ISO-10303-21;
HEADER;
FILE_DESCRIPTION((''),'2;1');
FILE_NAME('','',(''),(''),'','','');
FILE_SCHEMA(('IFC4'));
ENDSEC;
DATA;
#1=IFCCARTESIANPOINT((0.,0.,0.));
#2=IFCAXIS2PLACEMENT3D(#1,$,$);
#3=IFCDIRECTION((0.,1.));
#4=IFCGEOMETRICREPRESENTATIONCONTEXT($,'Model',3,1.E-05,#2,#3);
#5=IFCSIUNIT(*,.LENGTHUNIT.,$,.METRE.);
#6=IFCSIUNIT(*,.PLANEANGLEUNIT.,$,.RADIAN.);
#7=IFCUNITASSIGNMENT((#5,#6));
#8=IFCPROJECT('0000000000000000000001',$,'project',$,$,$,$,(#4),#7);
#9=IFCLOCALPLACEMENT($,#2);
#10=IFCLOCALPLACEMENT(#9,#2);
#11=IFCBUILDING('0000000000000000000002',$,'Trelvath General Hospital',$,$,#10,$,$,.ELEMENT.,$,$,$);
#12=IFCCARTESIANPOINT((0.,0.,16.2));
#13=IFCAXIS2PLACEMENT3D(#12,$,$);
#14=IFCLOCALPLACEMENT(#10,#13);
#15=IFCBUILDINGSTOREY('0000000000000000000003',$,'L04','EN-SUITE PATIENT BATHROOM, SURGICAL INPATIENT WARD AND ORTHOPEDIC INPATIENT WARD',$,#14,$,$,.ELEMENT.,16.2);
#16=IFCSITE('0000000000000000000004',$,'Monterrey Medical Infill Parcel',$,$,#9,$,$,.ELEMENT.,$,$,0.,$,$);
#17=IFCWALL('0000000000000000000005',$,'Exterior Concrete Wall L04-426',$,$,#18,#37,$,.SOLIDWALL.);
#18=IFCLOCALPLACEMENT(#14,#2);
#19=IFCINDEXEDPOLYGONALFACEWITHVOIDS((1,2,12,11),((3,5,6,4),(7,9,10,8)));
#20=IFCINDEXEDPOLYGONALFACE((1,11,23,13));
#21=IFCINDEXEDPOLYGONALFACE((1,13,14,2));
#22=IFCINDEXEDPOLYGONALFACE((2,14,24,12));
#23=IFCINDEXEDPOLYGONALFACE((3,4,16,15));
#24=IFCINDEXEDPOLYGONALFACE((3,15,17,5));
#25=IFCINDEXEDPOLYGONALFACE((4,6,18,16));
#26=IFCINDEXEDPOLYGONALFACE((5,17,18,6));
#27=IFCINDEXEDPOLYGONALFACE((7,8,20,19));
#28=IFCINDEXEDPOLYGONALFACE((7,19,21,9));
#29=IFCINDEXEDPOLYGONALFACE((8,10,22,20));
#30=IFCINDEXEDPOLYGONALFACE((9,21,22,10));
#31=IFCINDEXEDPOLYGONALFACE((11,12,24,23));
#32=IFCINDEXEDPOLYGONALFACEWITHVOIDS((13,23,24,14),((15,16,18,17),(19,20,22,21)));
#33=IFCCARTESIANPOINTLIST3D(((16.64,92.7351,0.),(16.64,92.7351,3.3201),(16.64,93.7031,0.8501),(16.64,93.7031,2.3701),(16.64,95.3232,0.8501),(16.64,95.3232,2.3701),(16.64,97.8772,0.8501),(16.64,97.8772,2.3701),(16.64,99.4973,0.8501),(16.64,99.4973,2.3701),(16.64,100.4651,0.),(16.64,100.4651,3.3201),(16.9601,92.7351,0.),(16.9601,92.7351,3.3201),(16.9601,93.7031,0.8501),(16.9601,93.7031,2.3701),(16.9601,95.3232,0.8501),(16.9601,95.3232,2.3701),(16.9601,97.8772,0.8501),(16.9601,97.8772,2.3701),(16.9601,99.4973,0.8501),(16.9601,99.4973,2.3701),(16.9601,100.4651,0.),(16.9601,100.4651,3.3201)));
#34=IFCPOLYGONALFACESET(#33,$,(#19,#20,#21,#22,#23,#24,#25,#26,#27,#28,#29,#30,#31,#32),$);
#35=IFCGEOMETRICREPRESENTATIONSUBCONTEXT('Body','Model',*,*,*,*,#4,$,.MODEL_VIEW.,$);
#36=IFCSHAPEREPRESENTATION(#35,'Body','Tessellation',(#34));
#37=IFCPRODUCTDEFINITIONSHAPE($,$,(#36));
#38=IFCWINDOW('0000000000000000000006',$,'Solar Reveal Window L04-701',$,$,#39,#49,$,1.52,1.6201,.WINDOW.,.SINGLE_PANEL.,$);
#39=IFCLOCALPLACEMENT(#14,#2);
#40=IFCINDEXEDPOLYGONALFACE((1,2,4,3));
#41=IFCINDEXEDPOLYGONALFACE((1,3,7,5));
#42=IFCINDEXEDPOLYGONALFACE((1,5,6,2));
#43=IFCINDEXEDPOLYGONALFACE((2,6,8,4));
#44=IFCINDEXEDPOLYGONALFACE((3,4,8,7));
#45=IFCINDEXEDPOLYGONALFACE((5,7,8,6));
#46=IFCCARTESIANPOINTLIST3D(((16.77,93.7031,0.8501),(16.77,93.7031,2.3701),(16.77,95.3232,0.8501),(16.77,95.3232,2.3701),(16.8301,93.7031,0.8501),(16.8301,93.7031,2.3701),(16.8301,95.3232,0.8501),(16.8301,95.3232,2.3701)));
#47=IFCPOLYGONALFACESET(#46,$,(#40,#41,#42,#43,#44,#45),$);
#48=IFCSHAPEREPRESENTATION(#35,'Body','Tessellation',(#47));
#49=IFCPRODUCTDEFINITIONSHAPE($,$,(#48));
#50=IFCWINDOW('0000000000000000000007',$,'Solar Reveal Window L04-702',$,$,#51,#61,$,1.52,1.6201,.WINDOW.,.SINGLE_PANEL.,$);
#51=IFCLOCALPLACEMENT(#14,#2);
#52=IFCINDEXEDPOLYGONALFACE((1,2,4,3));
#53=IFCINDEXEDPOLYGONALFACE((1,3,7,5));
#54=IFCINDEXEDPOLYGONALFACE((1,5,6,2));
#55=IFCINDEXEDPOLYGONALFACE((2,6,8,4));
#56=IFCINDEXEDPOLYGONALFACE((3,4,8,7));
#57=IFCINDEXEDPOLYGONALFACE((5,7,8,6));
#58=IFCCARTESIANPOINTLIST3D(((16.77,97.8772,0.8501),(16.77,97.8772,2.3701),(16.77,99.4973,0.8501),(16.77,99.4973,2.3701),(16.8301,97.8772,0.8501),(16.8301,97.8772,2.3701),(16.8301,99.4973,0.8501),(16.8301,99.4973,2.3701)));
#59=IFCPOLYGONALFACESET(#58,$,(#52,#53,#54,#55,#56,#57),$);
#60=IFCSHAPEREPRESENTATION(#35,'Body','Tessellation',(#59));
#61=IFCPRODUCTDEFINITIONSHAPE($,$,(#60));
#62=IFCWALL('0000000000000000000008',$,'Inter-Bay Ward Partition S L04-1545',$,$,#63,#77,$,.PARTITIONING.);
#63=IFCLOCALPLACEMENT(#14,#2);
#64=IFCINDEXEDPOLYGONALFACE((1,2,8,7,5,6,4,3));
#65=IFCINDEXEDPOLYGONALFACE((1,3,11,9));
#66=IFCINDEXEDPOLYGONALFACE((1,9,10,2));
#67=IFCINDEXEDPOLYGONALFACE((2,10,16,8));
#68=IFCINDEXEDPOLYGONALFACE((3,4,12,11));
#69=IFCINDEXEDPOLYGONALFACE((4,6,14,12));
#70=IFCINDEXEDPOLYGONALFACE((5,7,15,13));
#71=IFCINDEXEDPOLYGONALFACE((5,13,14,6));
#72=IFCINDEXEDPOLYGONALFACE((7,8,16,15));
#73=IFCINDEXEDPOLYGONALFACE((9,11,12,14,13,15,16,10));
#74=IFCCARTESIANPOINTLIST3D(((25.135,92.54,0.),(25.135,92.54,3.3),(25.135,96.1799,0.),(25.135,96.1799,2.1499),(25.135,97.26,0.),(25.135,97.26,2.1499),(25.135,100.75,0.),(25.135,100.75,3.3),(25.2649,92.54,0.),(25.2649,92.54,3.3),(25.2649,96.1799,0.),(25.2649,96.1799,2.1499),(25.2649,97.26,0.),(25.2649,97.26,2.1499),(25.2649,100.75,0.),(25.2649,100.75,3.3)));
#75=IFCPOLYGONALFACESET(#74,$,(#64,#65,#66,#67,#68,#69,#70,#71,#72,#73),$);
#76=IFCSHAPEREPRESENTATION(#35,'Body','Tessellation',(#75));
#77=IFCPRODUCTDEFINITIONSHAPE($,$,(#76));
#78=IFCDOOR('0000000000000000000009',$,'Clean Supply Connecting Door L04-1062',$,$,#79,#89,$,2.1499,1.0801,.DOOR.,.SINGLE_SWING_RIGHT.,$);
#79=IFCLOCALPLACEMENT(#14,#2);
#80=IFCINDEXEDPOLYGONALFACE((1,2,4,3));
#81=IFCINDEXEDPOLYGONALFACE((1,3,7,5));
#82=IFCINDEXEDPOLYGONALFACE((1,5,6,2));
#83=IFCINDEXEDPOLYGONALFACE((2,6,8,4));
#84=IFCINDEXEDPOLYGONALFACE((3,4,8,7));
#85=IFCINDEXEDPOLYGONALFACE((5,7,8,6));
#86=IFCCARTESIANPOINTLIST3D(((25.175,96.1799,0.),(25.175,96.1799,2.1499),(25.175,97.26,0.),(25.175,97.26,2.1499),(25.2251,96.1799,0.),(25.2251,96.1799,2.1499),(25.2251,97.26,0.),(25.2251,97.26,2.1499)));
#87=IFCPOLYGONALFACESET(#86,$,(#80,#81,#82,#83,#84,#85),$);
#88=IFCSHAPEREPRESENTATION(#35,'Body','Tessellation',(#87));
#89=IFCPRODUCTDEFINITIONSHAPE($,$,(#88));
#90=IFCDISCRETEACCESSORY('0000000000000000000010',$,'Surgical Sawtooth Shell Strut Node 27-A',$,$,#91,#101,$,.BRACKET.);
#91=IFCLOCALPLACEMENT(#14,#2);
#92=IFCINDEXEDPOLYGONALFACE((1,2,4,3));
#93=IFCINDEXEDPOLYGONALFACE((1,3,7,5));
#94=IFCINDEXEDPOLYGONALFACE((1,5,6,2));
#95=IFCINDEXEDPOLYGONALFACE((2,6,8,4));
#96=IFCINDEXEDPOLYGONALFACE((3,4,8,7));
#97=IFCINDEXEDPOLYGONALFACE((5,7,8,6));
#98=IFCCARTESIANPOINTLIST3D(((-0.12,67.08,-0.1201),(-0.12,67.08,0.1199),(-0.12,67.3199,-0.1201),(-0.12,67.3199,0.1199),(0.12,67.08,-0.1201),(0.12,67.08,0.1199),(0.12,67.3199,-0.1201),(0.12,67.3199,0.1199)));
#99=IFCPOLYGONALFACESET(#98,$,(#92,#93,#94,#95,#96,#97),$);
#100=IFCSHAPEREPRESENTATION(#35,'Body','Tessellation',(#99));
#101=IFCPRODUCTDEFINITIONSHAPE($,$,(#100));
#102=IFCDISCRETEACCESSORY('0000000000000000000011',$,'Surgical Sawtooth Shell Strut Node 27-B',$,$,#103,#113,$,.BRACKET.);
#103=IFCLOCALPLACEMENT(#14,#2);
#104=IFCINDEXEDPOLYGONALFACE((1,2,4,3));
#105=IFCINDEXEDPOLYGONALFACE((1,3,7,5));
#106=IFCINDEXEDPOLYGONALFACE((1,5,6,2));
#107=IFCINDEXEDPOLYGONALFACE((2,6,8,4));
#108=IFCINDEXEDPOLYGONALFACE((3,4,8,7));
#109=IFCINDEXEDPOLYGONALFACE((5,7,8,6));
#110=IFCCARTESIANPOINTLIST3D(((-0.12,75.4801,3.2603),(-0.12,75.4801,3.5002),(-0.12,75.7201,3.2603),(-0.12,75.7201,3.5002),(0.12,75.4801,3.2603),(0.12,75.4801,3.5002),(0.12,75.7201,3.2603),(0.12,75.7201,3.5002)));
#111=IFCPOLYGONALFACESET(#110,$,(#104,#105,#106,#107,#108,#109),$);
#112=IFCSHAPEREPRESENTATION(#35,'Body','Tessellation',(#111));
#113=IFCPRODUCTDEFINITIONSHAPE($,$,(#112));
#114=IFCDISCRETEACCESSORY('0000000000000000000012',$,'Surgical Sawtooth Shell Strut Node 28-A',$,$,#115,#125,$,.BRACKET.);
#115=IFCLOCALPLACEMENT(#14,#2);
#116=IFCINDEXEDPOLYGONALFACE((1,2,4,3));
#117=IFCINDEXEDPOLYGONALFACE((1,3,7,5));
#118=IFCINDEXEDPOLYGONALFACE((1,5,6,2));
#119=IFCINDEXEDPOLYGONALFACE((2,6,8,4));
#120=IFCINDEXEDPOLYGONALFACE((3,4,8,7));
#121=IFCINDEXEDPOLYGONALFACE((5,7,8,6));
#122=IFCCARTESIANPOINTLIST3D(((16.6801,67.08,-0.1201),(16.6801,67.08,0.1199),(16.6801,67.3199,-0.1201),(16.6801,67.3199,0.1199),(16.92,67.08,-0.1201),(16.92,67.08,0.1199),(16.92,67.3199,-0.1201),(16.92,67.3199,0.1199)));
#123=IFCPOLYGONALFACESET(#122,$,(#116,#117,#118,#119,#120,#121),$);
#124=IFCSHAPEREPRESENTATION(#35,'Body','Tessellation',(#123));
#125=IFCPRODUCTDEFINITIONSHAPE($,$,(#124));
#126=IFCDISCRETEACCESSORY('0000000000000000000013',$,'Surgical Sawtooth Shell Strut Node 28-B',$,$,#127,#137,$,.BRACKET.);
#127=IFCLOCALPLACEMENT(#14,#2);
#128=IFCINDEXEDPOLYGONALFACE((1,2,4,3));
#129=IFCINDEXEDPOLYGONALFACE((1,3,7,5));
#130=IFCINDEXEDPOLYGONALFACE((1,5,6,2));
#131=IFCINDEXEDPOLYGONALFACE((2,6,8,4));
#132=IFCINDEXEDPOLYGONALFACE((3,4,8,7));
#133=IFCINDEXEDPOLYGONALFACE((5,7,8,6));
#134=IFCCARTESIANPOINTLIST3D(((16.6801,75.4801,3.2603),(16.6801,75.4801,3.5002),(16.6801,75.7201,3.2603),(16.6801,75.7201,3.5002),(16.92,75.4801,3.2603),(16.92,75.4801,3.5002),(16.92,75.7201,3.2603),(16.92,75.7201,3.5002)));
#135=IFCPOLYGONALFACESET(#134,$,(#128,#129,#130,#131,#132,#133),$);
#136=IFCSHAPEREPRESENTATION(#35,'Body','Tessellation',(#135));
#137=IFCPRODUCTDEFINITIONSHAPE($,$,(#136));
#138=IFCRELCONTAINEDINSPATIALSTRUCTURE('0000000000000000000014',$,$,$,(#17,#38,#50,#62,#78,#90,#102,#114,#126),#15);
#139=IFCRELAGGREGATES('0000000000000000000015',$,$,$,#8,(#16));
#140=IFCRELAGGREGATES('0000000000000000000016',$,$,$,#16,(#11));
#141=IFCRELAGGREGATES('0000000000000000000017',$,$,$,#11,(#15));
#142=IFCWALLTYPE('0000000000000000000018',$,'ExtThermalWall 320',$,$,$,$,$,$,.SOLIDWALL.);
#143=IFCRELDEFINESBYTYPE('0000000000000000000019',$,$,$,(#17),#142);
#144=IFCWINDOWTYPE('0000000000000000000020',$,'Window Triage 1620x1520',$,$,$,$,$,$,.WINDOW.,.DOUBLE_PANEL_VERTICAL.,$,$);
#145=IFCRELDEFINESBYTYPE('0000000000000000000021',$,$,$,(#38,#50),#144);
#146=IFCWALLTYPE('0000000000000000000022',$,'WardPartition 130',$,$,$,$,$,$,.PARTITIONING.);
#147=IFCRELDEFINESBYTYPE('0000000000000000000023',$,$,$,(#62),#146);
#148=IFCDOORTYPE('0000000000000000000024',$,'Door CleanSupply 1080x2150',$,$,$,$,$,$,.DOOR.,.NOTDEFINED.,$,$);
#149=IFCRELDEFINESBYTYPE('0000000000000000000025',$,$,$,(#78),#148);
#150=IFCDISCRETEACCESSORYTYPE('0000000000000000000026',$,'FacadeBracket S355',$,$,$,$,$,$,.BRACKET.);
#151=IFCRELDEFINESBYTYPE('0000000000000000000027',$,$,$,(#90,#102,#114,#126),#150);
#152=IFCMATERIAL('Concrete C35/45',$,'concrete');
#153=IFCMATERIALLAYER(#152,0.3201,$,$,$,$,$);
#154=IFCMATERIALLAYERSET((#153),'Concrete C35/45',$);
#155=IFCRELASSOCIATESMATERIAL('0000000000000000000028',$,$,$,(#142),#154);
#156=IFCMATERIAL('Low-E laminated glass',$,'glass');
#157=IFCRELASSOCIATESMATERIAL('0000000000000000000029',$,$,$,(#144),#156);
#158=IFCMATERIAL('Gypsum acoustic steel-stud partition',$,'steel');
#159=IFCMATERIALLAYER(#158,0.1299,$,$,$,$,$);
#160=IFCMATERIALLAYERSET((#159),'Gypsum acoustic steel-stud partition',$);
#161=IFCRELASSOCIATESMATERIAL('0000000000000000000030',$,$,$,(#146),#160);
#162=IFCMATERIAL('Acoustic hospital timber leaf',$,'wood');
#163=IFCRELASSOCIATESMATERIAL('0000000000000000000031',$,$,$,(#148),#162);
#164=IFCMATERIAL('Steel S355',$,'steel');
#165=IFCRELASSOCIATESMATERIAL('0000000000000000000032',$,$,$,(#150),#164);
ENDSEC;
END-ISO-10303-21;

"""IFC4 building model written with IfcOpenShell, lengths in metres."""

from ifc_helpers import new_model, si_unit, direction, frame, frame_2d, origin, origin_2d, place, context, subcontext, project, spatial, rectangle, extrude, material, layer, layer_set, type_object, element, fill, save


model = new_model("IFC4")

# Units and contexts
model_context = context("Model", 3, precision=1e-05, world=origin(), true_north=direction((0.0, 1.0)))
body_context = subcontext(model_context, "Body", "Model", "MODEL_VIEW")
ifc_project = project(units=[si_unit("LENGTHUNIT", "METRE"), si_unit("PLANEANGLEUNIT", "RADIAN")], contexts=[model_context])

# Site, building, storey
site_placement = place(None, origin())
site = spatial("IfcSite", under=ifc_project, at=site_placement, Name="Monterrey Medical Infill Parcel", CompositionType="ELEMENT", RefElevation=0.0)
building_placement = place(site_placement, origin())
building = spatial("IfcBuilding", under=site, at=building_placement, Name="Trelvath General Hospital", CompositionType="ELEMENT")
storey_placement = place(building_placement, frame((0.0, 0.0, 16.2)))
storey = spatial("IfcBuildingStorey", under=building, at=storey_placement, Name="L04", Description="EN-SUITE PATIENT BATHROOM, SURGICAL INPATIENT WARD AND ORTHOPEDIC INPATIENT WARD", CompositionType="ELEMENT", Elevation=16.2)

# Wall, openings, windows
ifc_material_1 = material(Name="Concrete C35/45", Category="concrete")
ifc_layer_1 = layer(ifc_material_1, 0.3201)
ifc_layer_set_1 = layer_set([ifc_layer_1], Name="Concrete C35/45")
wall_type_1 = type_object("IfcWallType", Name="ExtThermalWall 320", PredefinedType="SOLIDWALL", material=ifc_layer_set_1)
ifc_material_2 = material(Name="Low-E laminated glass", Category="glass")
window_type = type_object("IfcWindowType", Name="Window Triage 1620x1520", PartitioningType="DOUBLE_PANEL_VERTICAL", PredefinedType="WINDOW", material=ifc_material_2)
wall_1_placement = place(storey_placement, frame((16.8, 92.7351, 0.0), z_axis=(0.0, 0.0, 1.0), x_axis=(0.0, 1.0, 0.0)))
wall_1 = element("IfcWall", 1, at=wall_1_placement, inside=storey, type_object=wall_type_1, Name="Exterior Concrete Wall L04-426", PredefinedType="SOLIDWALL", context=body_context, shape_type="SweptSolid", body=[
    extrude(rectangle(XDim=7.73, YDim=0.3201, at=frame_2d((3.865, 0.0))), origin(), (0.0, 0.0, 1.0), 3.3201),
])
opening_1_placement = place(wall_1_placement, frame((0.968, 0.0, 0.8501)))
opening_1 = element("IfcOpeningElement", 2, at=opening_1_placement, cuts=wall_1, PredefinedType="OPENING", context=body_context, shape_type="SweptSolid", body=[
    extrude(rectangle(XDim=1.6201, YDim=1.52, at=frame_2d((0.8101, 0.76))), frame((0.0, 0.1699, 0.0), z_axis=(0.0, -1.0, 0.0), x_axis=(1.0, 0.0, 0.0)), (0.0, 0.0, 1.0), 0.3401),
])
opening_2_placement = place(wall_1_placement, frame((5.1421, 0.0, 0.8501)))
opening_2 = element("IfcOpeningElement", 3, at=opening_2_placement, cuts=wall_1, PredefinedType="OPENING", context=body_context, shape_type="SweptSolid", body=[
    extrude(rectangle(XDim=1.6201, YDim=1.52, at=frame_2d((0.8101, 0.76))), frame((0.0, 0.1699, 0.0), z_axis=(0.0, -1.0, 0.0), x_axis=(1.0, 0.0, 0.0)), (0.0, 0.0, 1.0), 0.3401),
])
window_1_placement = place(opening_1_placement, origin())
window_1 = element("IfcWindow", 4, at=window_1_placement, inside=storey, type_object=window_type, Name="Solar Reveal Window L04-701", OverallHeight=1.52, OverallWidth=1.6201, PartitioningType="SINGLE_PANEL", PredefinedType="WINDOW", context=body_context, shape_type="SweptSolid", body=[
    extrude(rectangle(XDim=1.6201, YDim=1.52, at=frame_2d((0.8101, 0.76))), frame((0.0, 0.03, 0.0), z_axis=(0.0, -1.0, 0.0), x_axis=(1.0, 0.0, 0.0)), (0.0, 0.0, 1.0), 0.0601),
])
fill(opening_1, window_1)
window_2_placement = place(opening_2_placement, origin())
window_2 = element("IfcWindow", 5, at=window_2_placement, inside=storey, type_object=window_type, Name="Solar Reveal Window L04-702", OverallHeight=1.52, OverallWidth=1.6201, PartitioningType="SINGLE_PANEL", PredefinedType="WINDOW", context=body_context, shape_type="SweptSolid", body=[
    extrude(rectangle(XDim=1.6201, YDim=1.52, at=frame_2d((0.8101, 0.76))), frame((0.0, 0.03, 0.0), z_axis=(0.0, -1.0, 0.0), x_axis=(1.0, 0.0, 0.0)), (0.0, 0.0, 1.0), 0.0601),
])
fill(opening_2, window_2)

# Wall, opening, door
ifc_material_3 = material(Name="Gypsum acoustic steel-stud partition", Category="steel")
ifc_layer_2 = layer(ifc_material_3, 0.1299)
ifc_layer_set_2 = layer_set([ifc_layer_2], Name="Gypsum acoustic steel-stud partition")
wall_type_2 = type_object("IfcWallType", Name="WardPartition 130", PredefinedType="PARTITIONING", material=ifc_layer_set_2)
wall_2_placement = place(storey_placement, frame((25.2, 92.54, 0.0), z_axis=(0.0, 0.0, 1.0), x_axis=(0.0, 1.0, 0.0)))
wall_2 = element("IfcWall", 6, at=wall_2_placement, inside=storey, type_object=wall_type_2, Name="Inter-Bay Ward Partition S L04-1545", PredefinedType="PARTITIONING", context=body_context, shape_type="SweptSolid", body=[
    extrude(rectangle(XDim=8.21, YDim=0.1299, at=frame_2d((4.105, 0.0))), origin(), (0.0, 0.0, 1.0), 3.3),
])
opening_3_placement = place(wall_2_placement, frame((3.6399, 0.0, 0.0)))
opening_3 = element("IfcOpeningElement", 7, at=opening_3_placement, cuts=wall_2, PredefinedType="OPENING", context=body_context, shape_type="SweptSolid", body=[
    extrude(rectangle(XDim=1.0801, YDim=2.1499, at=frame_2d((0.54, 1.075))), frame((0.0, 0.075, 0.0), z_axis=(0.0, -1.0, 0.0), x_axis=(1.0, 0.0, 0.0)), (0.0, 0.0, 1.0), 0.1499),
])
ifc_material_4 = material(Name="Acoustic hospital timber leaf", Category="wood")
door_type = type_object("IfcDoorType", Name="Door CleanSupply 1080x2150", OperationType="NOTDEFINED", PredefinedType="DOOR", material=ifc_material_4)
door_placement = place(opening_3_placement, origin())
door = element("IfcDoor", 8, at=door_placement, inside=storey, type_object=door_type, Name="Clean Supply Connecting Door L04-1062", OperationType="SINGLE_SWING_RIGHT", OverallHeight=2.1499, OverallWidth=1.0801, PredefinedType="DOOR", context=body_context, shape_type="SweptSolid", body=[
    extrude(rectangle(XDim=1.0801, YDim=2.1499, at=frame_2d((0.54, 1.075))), frame((0.0, 0.0249, 0.0), z_axis=(0.0, -1.0, 0.0), x_axis=(1.0, 0.0, 0.0)), (0.0, 0.0, 1.0), 0.05),
])
fill(opening_3, door)

# Discrete accessories
ifc_material_5 = material(Name="Steel S355", Category="steel")
discrete_accessory_type = type_object("IfcDiscreteAccessoryType", Name="FacadeBracket S355", PredefinedType="BRACKET", material=ifc_material_5)
for number, where, z_axis, x_axis, name in (
    (9, (0.0, 67.2, -0.1201), (0.0, 0.0, 1.0), (1.0, 0.0, 0.0), "Surgical Sawtooth Shell Strut Node 27-A"),
    (10, (0.0, 75.6001, 3.2603), (0.0, 0.0, 1.0), (1.0, 0.0, 0.0), "Surgical Sawtooth Shell Strut Node 27-B"),
    (11, (16.8, 67.2, -0.1201), (0.0, 0.0, 1.0), (1.0, 0.0, 0.0), "Surgical Sawtooth Shell Strut Node 28-A"),
    (12, (16.8, 75.6001, 3.2603), (0.0, 0.0, 1.0), (1.0, 0.0, 0.0), "Surgical Sawtooth Shell Strut Node 28-B"),
):
    element("IfcDiscreteAccessory", number, at=place(storey_placement, frame(where, z_axis=z_axis, x_axis=x_axis)), inside=storey, type_object=discrete_accessory_type, Name=name, PredefinedType="BRACKET", context=body_context, shape_type="SweptSolid", body=[
        extrude(rectangle(XDim=0.24, YDim=0.24, at=origin_2d()), origin(), (0.0, 0.0, 1.0), 0.24),
    ])

save(model, "model.ifc")
